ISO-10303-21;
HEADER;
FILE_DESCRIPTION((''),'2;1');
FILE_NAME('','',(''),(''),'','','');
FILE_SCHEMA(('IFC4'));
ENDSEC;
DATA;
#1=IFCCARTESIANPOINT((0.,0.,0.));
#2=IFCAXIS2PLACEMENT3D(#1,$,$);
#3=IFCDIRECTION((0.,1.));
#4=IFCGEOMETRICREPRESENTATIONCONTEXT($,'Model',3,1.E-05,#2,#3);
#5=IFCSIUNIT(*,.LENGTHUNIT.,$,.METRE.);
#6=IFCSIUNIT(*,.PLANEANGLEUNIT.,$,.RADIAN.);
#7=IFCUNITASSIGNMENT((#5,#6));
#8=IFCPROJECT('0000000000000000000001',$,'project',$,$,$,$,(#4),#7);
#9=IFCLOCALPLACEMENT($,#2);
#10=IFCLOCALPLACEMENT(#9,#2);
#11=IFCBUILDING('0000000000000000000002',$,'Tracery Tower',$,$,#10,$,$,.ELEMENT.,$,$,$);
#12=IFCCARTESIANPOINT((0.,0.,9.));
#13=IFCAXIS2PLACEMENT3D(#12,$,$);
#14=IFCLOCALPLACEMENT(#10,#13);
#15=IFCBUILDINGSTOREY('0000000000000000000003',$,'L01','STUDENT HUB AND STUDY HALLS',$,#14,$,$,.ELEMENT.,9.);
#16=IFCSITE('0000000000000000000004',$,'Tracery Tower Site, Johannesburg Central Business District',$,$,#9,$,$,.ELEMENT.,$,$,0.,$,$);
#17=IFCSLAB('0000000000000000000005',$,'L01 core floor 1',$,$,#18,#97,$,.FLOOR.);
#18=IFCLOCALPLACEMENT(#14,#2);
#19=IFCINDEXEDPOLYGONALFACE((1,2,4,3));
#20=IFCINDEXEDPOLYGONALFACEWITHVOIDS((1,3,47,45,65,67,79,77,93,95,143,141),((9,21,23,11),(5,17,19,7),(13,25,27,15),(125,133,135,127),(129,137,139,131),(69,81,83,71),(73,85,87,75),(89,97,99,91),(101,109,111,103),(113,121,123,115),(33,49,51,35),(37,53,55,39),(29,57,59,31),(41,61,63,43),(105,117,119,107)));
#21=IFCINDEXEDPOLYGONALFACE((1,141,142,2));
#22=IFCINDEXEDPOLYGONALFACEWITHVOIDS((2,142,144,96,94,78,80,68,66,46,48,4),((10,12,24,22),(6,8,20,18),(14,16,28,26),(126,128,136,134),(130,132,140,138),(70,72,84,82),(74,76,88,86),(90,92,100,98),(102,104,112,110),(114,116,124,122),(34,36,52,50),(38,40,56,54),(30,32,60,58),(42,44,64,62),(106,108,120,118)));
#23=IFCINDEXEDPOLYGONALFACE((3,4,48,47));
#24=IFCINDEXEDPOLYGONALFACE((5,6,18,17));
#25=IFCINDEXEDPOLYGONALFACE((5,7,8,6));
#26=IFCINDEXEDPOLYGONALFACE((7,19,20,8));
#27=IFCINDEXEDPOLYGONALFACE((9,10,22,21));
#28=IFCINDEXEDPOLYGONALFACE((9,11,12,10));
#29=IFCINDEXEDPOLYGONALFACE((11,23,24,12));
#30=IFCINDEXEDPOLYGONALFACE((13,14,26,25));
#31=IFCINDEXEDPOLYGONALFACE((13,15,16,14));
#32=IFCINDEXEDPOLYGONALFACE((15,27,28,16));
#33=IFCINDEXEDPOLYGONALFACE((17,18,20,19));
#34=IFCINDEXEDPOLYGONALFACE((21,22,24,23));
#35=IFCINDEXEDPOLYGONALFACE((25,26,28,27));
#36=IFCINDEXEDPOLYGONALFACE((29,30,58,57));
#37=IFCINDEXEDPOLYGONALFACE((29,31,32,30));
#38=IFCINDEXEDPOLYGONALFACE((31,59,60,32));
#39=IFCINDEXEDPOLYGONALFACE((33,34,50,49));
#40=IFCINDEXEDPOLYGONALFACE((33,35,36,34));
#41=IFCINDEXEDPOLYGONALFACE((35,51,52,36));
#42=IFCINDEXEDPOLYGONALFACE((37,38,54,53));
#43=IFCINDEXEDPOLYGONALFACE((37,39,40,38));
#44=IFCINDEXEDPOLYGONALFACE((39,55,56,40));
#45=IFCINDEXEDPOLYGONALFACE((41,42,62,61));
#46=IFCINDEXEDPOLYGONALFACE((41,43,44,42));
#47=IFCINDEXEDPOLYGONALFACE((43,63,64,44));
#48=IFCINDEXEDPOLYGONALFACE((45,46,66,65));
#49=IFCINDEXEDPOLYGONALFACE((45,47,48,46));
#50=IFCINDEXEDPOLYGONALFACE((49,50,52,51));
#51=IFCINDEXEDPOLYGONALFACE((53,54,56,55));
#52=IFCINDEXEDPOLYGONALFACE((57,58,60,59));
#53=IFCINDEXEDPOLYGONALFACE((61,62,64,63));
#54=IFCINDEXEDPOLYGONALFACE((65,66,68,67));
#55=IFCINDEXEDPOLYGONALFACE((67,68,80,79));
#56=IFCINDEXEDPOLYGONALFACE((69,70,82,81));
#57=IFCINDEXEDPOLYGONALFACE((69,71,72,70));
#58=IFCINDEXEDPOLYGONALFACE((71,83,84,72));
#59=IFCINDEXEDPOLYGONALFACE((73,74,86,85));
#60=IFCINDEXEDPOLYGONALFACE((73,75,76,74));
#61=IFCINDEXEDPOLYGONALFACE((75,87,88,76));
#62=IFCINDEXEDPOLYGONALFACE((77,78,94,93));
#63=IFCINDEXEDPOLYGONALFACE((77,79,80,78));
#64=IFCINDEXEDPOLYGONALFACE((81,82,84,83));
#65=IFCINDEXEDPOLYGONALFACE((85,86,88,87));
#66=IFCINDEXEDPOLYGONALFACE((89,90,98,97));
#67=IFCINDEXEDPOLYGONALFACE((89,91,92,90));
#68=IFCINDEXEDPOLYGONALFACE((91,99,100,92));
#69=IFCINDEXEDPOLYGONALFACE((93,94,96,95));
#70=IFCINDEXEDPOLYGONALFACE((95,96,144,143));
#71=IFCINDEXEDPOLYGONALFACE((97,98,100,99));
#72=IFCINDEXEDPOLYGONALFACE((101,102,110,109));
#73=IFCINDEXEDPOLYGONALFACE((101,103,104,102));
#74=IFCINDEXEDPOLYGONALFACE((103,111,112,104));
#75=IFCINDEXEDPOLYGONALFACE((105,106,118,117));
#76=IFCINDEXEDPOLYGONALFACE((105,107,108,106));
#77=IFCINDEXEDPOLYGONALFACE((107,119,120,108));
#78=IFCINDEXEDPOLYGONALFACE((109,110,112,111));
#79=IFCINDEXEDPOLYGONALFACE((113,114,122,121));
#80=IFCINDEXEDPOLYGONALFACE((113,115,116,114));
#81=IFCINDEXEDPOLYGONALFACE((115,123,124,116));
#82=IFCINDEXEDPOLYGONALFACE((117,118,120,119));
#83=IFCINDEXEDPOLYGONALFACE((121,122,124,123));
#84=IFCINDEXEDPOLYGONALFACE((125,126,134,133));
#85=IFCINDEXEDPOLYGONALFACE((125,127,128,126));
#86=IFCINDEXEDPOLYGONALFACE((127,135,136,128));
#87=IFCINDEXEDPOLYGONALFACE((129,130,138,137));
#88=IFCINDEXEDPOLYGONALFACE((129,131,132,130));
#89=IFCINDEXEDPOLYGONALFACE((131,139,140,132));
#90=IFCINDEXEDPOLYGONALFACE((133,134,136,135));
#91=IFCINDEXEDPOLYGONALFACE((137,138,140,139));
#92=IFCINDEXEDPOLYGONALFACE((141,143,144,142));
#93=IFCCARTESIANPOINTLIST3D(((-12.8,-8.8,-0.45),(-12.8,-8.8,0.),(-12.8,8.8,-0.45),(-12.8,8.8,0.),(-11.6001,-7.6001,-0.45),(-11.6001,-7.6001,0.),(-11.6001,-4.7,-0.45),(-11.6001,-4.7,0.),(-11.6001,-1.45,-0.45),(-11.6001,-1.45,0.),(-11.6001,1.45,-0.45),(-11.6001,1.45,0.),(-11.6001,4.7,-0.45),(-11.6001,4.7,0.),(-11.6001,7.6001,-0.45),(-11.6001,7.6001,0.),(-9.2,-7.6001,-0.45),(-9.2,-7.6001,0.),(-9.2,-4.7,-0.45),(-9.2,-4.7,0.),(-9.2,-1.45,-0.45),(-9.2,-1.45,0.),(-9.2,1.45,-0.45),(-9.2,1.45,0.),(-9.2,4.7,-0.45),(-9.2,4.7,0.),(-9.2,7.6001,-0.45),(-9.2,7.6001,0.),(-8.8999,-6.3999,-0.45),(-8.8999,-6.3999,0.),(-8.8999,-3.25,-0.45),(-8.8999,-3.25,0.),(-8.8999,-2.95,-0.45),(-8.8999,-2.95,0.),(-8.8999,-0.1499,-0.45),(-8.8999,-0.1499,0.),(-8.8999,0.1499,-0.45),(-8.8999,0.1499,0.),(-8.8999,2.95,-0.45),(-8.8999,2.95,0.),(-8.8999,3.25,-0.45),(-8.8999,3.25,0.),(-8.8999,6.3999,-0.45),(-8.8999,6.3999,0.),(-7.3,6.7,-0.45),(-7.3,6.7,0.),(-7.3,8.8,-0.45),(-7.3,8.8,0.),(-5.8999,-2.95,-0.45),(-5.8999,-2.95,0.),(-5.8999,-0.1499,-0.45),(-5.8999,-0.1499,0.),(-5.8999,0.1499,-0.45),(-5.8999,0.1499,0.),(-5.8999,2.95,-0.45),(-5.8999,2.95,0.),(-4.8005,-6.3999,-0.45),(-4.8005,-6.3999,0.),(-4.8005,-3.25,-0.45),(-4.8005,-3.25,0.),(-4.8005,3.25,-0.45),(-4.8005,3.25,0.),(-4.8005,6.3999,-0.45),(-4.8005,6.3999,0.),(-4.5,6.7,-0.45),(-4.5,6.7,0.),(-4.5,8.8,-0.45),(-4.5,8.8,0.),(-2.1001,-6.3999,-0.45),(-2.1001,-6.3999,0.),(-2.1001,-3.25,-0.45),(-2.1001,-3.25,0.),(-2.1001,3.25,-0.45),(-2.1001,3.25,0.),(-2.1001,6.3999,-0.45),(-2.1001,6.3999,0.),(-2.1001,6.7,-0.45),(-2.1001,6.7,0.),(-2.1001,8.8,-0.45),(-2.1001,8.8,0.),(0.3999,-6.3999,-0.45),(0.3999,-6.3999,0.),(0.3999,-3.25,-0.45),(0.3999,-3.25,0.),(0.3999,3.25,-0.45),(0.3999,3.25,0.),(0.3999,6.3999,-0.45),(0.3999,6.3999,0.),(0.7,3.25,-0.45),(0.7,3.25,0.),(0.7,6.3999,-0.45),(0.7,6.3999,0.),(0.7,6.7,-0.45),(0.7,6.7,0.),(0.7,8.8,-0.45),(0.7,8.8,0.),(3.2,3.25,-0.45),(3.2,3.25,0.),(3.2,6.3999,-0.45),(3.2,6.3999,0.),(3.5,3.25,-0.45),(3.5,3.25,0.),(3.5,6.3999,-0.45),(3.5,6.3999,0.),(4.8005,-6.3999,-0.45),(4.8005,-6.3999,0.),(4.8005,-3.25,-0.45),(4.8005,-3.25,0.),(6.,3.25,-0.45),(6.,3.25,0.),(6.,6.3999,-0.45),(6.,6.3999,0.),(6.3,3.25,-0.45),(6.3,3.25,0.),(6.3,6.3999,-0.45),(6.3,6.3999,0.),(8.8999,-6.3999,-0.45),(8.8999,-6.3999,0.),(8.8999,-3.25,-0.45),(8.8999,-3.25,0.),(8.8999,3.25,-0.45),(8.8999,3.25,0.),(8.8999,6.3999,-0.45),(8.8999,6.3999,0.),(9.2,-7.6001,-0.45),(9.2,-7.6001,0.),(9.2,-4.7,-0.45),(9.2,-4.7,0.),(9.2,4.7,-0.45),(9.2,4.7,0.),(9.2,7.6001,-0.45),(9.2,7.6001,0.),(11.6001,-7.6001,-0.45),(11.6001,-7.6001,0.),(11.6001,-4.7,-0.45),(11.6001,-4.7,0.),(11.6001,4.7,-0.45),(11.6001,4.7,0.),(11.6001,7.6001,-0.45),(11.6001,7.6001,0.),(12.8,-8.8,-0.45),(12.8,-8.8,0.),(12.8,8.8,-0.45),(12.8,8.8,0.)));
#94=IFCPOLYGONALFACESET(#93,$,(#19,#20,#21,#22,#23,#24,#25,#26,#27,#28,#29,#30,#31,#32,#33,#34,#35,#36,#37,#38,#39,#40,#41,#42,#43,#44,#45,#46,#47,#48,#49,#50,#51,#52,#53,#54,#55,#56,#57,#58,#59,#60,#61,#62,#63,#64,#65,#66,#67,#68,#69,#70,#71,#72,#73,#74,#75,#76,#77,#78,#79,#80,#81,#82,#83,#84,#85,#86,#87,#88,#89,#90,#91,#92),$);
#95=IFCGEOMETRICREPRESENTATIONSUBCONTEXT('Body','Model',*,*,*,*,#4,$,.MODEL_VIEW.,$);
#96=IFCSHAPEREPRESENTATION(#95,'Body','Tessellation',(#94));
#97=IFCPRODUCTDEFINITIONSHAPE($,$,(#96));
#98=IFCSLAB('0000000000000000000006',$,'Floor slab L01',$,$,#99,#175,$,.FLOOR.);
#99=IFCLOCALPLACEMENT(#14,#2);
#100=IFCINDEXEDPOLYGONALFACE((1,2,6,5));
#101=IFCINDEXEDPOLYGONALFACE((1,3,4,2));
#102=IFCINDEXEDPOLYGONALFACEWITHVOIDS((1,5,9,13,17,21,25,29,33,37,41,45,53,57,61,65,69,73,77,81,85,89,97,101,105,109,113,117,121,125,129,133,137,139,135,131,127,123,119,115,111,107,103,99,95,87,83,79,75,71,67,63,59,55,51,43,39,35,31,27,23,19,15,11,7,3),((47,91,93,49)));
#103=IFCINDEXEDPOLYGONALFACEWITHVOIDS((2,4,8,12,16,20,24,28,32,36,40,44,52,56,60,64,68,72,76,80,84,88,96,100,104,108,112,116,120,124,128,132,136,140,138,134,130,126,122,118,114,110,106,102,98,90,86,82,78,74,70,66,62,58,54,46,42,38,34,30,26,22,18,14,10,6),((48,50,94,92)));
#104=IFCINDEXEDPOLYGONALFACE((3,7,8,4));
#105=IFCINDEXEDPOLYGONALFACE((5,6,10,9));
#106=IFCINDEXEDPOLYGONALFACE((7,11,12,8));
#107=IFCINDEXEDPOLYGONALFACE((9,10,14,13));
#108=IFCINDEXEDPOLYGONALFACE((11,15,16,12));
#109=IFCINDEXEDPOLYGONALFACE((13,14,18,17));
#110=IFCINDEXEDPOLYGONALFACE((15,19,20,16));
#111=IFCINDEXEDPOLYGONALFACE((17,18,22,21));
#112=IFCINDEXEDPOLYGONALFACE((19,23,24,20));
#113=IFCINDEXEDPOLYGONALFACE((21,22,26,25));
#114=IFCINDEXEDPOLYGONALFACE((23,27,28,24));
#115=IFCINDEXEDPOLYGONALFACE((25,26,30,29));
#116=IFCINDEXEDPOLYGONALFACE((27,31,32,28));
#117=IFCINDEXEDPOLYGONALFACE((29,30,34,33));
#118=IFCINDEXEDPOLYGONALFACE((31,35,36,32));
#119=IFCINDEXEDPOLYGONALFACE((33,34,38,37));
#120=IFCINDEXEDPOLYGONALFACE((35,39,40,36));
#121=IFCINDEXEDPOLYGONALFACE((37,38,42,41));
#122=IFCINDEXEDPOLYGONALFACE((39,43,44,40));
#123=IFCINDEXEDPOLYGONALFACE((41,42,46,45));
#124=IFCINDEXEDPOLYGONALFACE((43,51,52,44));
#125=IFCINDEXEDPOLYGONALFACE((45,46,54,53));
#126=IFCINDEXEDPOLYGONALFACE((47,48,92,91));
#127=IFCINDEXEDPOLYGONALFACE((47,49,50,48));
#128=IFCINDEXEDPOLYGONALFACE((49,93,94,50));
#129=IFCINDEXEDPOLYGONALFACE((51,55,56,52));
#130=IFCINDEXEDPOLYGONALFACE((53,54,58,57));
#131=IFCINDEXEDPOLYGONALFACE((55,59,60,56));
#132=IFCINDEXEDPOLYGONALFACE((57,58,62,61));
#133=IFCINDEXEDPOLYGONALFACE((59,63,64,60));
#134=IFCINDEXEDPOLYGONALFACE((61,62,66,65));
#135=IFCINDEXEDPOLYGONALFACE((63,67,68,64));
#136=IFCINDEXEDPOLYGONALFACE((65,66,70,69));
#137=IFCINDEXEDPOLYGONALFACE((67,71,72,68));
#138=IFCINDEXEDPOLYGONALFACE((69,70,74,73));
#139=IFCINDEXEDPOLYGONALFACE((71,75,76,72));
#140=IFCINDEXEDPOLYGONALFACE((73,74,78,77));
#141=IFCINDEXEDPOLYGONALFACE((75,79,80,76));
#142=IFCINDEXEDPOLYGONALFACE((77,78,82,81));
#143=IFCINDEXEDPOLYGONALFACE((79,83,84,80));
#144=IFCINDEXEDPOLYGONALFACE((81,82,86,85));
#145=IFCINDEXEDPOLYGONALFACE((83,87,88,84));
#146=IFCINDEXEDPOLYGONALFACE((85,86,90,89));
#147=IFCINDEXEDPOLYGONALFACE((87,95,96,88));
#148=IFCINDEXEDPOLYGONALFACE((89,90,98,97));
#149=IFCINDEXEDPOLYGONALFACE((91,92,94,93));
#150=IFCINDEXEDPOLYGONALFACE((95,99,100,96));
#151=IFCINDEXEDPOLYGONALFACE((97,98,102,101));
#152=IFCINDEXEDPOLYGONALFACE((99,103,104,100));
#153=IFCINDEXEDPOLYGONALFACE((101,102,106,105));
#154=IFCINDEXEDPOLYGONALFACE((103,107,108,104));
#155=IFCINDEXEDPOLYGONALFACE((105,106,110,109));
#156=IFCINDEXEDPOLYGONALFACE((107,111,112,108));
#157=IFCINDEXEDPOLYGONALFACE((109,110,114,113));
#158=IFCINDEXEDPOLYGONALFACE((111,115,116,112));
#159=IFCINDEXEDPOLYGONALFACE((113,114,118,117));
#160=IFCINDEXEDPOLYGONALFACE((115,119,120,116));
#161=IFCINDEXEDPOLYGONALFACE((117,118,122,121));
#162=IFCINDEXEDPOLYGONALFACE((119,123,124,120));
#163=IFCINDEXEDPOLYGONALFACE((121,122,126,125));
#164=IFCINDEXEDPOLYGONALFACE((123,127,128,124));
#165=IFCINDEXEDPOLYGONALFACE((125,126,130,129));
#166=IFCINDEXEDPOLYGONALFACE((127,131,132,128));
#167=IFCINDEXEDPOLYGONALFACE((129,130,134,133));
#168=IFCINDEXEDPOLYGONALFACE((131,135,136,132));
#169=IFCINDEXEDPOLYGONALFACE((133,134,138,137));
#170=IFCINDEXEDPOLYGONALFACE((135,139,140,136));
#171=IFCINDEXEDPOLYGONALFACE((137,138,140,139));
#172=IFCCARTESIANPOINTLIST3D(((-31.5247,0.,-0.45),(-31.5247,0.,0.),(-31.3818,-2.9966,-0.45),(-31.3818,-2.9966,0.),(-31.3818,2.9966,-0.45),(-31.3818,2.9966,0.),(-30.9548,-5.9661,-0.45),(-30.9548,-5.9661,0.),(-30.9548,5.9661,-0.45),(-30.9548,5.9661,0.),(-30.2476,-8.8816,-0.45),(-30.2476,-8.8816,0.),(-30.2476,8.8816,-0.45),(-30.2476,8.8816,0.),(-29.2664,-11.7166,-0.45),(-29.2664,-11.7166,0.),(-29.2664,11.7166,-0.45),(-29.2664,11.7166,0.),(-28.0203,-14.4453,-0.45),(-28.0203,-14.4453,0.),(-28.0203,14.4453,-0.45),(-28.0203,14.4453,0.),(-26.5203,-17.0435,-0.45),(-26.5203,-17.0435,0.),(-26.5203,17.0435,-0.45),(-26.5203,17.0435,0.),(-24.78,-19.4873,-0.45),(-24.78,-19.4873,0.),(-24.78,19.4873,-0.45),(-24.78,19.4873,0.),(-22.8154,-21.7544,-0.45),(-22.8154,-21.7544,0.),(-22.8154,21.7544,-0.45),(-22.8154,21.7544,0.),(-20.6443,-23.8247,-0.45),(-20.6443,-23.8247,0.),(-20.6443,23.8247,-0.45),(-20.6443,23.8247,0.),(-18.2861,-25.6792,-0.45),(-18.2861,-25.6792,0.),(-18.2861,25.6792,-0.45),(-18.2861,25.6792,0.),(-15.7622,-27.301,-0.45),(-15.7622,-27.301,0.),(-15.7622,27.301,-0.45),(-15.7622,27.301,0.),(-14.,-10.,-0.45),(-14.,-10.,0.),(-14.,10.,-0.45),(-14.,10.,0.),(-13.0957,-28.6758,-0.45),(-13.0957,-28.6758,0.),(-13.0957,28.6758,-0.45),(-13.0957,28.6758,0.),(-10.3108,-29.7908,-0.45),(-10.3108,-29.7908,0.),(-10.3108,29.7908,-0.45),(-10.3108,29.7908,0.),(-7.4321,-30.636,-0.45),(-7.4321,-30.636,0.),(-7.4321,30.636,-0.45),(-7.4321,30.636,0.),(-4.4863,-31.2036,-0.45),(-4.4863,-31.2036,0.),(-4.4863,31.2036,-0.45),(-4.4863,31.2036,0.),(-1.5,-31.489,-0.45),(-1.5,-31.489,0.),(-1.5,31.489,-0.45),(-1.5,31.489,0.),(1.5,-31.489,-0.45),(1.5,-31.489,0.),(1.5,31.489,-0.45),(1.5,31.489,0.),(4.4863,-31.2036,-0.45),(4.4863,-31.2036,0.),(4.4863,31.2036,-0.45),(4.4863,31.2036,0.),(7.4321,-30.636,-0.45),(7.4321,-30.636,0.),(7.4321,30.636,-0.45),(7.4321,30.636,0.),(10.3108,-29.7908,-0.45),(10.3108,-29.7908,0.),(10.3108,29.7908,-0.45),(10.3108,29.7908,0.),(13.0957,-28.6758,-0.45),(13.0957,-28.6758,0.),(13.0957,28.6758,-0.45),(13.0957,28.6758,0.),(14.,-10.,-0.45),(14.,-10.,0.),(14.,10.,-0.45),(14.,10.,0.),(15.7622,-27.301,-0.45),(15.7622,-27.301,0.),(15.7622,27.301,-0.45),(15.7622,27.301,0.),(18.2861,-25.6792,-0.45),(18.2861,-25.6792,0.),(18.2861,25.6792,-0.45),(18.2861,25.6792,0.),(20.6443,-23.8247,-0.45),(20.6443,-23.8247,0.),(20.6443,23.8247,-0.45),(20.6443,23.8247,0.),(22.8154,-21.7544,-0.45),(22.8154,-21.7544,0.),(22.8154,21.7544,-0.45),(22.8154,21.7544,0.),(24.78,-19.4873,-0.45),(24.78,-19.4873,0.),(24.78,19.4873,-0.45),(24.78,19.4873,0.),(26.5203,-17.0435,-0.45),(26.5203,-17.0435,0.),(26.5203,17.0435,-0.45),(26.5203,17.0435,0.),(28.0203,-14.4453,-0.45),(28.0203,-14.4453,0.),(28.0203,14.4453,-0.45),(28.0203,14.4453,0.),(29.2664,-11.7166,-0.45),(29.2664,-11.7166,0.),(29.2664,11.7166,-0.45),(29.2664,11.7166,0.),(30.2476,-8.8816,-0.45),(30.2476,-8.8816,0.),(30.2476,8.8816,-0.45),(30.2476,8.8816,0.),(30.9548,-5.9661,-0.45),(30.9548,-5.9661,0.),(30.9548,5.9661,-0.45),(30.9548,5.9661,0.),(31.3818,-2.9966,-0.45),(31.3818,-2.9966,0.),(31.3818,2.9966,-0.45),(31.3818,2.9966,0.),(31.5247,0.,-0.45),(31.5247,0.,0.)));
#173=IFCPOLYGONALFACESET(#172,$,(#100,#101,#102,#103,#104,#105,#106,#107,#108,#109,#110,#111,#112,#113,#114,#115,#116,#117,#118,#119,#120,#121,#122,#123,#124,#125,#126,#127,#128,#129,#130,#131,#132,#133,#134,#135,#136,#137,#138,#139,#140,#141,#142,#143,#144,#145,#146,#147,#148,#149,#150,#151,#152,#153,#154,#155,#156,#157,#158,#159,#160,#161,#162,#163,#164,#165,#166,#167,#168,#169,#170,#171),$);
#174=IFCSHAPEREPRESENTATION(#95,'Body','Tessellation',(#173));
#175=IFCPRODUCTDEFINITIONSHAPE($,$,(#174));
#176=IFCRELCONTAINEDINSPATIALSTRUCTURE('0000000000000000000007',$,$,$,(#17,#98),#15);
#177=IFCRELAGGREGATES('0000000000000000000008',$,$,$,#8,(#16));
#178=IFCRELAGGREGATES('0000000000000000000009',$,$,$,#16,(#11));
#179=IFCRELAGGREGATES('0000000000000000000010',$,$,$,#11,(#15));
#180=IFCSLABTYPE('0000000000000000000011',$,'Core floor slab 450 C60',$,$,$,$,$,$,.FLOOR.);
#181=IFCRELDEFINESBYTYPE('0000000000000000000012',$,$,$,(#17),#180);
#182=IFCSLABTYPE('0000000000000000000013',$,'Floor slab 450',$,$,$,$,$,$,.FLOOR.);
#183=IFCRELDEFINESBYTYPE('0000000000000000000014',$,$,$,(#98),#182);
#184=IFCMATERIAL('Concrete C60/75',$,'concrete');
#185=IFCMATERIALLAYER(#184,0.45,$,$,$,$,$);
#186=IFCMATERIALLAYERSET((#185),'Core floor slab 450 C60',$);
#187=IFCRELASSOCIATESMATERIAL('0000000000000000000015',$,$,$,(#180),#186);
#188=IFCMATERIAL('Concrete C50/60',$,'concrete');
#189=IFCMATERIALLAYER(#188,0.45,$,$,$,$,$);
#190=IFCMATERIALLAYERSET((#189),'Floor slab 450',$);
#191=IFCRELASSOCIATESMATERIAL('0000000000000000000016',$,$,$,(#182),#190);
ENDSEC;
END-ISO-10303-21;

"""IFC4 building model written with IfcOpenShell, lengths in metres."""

from ifc_helpers import new_model, si_unit, direction, frame, origin, place, context, subcontext, project, spatial, polyline, outline, extrude, material, layer, layer_set, type_object, element, save


model = new_model("IFC4")

# Units and contexts
model_context = context("Model", 3, precision=1e-05, world=origin(), true_north=direction((0.0, 1.0)))
body_context = subcontext(model_context, "Body", "Model", "MODEL_VIEW")
ifc_project = project(units=[si_unit("LENGTHUNIT", "METRE"), si_unit("PLANEANGLEUNIT", "RADIAN")], contexts=[model_context])

# Site, building, storey
site_placement = place(None, origin())
site = spatial("IfcSite", under=ifc_project, at=site_placement, Name="Tracery Tower Site, Johannesburg Central Business District", CompositionType="ELEMENT", RefElevation=0.0)
building_placement = place(site_placement, origin())
building = spatial("IfcBuilding", under=site, at=building_placement, Name="Tracery Tower", CompositionType="ELEMENT")
storey_placement = place(building_placement, frame((0.0, 0.0, 9.0)))
storey = spatial("IfcBuildingStorey", under=building, at=storey_placement, Name="L01", Description="STUDENT HUB AND STUDY HALLS", CompositionType="ELEMENT", Elevation=9.0)

# Slabs
ifc_material_1 = material(Name="Concrete C60/75", Category="concrete")
ifc_layer_1 = layer(ifc_material_1, 0.45)
ifc_layer_set_1 = layer_set([ifc_layer_1], Name="Core floor slab 450 C60")
slab_type_1 = type_object("IfcSlabType", Name="Core floor slab 450 C60", PredefinedType="FLOOR", material=ifc_layer_set_1)
slab_1_placement = place(storey_placement, frame((0.0, 0.0, -0.45)))
element("IfcSlab", 1, at=slab_1_placement, inside=storey, type_object=slab_type_1, Name="L01 core floor 1", PredefinedType="FLOOR", context=body_context, shape_type="SweptSolid", body=[
    extrude(outline(polyline([(-12.8, 8.8), (-7.3, 8.8), (-7.3, 6.7), (-4.5, 6.7), (-4.5, 8.8), (-2.1001, 8.8), (-2.1001, 6.7), (0.7, 6.7), (0.7, 8.8), (12.8, 8.8), (12.8, -8.8), (-12.8, -8.8), (-12.8, 8.8)]), holes=[polyline([(11.6001, -7.6001), (11.6001, -4.7), (9.2, -4.7), (9.2, -7.6001), (11.6001, -7.6001)]), polyline([(11.6001, 4.7), (11.6001, 7.6001), (9.2, 7.6001), (9.2, 4.7), (11.6001, 4.7)]), polyline([(4.8005, -3.25), (4.8005, -6.3999), (8.8999, -6.3999), (8.8999, -3.25), (4.8005, -3.25)]), polyline([(6.3, 3.25), (8.8999, 3.25), (8.8999, 6.3999), (6.3, 6.3999), (6.3, 3.25)]), polyline([(3.5, 3.25), (6.0, 3.25), (6.0, 6.3999), (3.5, 6.3999), (3.5, 3.25)]), polyline([(3.2, 3.25), (3.2, 6.3999), (0.7, 6.3999), (0.7, 3.25), (3.2, 3.25)]), polyline([(-2.1001, 3.25), (0.3999, 3.25), (0.3999, 6.3999), (-2.1001, 6.3999), (-2.1001, 3.25)]), polyline([(0.3999, -6.3999), (0.3999, -3.25), (-2.1001, -3.25), (-2.1001, -6.3999), (0.3999, -6.3999)]), polyline([(-4.8005, -3.25), (-8.8999, -3.25), (-8.8999, -6.3999), (-4.8005, -6.3999), (-4.8005, -3.25)]), polyline([(-4.8005, 6.3999), (-8.8999, 6.3999), (-8.8999, 3.25), (-4.8005, 3.25), (-4.8005, 6.3999)]), polyline([(-8.8999, -2.95), (-5.8999, -2.95), (-5.8999, -0.1499), (-8.8999, -0.1499), (-8.8999, -2.95)]), polyline([(-5.8999, 0.1499), (-5.8999, 2.95), (-8.8999, 2.95), (-8.8999, 0.1499), (-5.8999, 0.1499)]), polyline([(-11.6001, 4.7), (-9.2, 4.7), (-9.2, 7.6001), (-11.6001, 7.6001), (-11.6001, 4.7)]), polyline([(-9.2, -7.6001), (-9.2, -4.7), (-11.6001, -4.7), (-11.6001, -7.6001), (-9.2, -7.6001)]), polyline([(-9.2, -1.45), (-9.2, 1.45), (-11.6001, 1.45), (-11.6001, -1.45), (-9.2, -1.45)])]), origin(), (0.0, 0.0, 1.0), 0.45),
])
ifc_material_2 = material(Name="Concrete C50/60", Category="concrete")
ifc_layer_2 = layer(ifc_material_2, 0.45)
ifc_layer_set_2 = layer_set([ifc_layer_2], Name="Floor slab 450")
slab_type_2 = type_object("IfcSlabType", Name="Floor slab 450", PredefinedType="FLOOR", material=ifc_layer_set_2)
slab_2_placement = place(storey_placement, frame((0.0, 0.0, -0.45)))
element("IfcSlab", 2, at=slab_2_placement, inside=storey, type_object=slab_type_2, Name="Floor slab L01", PredefinedType="FLOOR", context=body_context, shape_type="SweptSolid", body=[
    extrude(outline(polyline([(31.5247, 0.0), (31.3818, 2.9966), (30.9548, 5.9661), (30.2476, 8.8816), (29.2664, 11.7166), (28.0203, 14.4453), (26.5203, 17.0435), (24.78, 19.4873), (22.8154, 21.7544), (20.6443, 23.8247), (18.2861, 25.6792), (15.7622, 27.301), (13.0957, 28.6758), (10.3108, 29.7908), (7.4321, 30.636), (4.4863, 31.2036), (1.5, 31.489), (-1.5, 31.489), (-4.4863, 31.2036), (-7.4321, 30.636), (-10.3108, 29.7908), (-13.0957, 28.6758), (-15.7622, 27.301), (-18.2861, 25.6792), (-20.6443, 23.8247), (-22.8154, 21.7544), (-24.78, 19.4873), (-26.5203, 17.0435), (-28.0203, 14.4453), (-29.2664, 11.7166), (-30.2476, 8.8816), (-30.9548, 5.9661), (-31.3818, 2.9966), (-31.5247, 0.0), (-31.3818, -2.9966), (-30.9548, -5.9661), (-30.2476, -8.8816), (-29.2664, -11.7166), (-28.0203, -14.4453), (-26.5203, -17.0435), (-24.78, -19.4873), (-22.8154, -21.7544), (-20.6443, -23.8247), (-18.2861, -25.6792), (-15.7622, -27.301), (-13.0957, -28.6758), (-10.3108, -29.7908), (-7.4321, -30.636), (-4.4863, -31.2036), (-1.5, -31.489), (1.5, -31.489), (4.4863, -31.2036), (7.4321, -30.636), (10.3108, -29.7908), (13.0957, -28.6758), (15.7622, -27.301), (18.2861, -25.6792), (20.6443, -23.8247), (22.8154, -21.7544), (24.78, -19.4873), (26.5203, -17.0435), (28.0203, -14.4453), (29.2664, -11.7166), (30.2476, -8.8816), (30.9548, -5.9661), (31.3818, -2.9966), (31.5247, 0.0)]), holes=[polyline([(-14.0, -10.0), (14.0, -10.0), (14.0, 10.0), (-14.0, 10.0), (-14.0, -10.0)])]), origin(), (0.0, 0.0, 1.0), 0.45),
])

save(model, "model.ifc")
